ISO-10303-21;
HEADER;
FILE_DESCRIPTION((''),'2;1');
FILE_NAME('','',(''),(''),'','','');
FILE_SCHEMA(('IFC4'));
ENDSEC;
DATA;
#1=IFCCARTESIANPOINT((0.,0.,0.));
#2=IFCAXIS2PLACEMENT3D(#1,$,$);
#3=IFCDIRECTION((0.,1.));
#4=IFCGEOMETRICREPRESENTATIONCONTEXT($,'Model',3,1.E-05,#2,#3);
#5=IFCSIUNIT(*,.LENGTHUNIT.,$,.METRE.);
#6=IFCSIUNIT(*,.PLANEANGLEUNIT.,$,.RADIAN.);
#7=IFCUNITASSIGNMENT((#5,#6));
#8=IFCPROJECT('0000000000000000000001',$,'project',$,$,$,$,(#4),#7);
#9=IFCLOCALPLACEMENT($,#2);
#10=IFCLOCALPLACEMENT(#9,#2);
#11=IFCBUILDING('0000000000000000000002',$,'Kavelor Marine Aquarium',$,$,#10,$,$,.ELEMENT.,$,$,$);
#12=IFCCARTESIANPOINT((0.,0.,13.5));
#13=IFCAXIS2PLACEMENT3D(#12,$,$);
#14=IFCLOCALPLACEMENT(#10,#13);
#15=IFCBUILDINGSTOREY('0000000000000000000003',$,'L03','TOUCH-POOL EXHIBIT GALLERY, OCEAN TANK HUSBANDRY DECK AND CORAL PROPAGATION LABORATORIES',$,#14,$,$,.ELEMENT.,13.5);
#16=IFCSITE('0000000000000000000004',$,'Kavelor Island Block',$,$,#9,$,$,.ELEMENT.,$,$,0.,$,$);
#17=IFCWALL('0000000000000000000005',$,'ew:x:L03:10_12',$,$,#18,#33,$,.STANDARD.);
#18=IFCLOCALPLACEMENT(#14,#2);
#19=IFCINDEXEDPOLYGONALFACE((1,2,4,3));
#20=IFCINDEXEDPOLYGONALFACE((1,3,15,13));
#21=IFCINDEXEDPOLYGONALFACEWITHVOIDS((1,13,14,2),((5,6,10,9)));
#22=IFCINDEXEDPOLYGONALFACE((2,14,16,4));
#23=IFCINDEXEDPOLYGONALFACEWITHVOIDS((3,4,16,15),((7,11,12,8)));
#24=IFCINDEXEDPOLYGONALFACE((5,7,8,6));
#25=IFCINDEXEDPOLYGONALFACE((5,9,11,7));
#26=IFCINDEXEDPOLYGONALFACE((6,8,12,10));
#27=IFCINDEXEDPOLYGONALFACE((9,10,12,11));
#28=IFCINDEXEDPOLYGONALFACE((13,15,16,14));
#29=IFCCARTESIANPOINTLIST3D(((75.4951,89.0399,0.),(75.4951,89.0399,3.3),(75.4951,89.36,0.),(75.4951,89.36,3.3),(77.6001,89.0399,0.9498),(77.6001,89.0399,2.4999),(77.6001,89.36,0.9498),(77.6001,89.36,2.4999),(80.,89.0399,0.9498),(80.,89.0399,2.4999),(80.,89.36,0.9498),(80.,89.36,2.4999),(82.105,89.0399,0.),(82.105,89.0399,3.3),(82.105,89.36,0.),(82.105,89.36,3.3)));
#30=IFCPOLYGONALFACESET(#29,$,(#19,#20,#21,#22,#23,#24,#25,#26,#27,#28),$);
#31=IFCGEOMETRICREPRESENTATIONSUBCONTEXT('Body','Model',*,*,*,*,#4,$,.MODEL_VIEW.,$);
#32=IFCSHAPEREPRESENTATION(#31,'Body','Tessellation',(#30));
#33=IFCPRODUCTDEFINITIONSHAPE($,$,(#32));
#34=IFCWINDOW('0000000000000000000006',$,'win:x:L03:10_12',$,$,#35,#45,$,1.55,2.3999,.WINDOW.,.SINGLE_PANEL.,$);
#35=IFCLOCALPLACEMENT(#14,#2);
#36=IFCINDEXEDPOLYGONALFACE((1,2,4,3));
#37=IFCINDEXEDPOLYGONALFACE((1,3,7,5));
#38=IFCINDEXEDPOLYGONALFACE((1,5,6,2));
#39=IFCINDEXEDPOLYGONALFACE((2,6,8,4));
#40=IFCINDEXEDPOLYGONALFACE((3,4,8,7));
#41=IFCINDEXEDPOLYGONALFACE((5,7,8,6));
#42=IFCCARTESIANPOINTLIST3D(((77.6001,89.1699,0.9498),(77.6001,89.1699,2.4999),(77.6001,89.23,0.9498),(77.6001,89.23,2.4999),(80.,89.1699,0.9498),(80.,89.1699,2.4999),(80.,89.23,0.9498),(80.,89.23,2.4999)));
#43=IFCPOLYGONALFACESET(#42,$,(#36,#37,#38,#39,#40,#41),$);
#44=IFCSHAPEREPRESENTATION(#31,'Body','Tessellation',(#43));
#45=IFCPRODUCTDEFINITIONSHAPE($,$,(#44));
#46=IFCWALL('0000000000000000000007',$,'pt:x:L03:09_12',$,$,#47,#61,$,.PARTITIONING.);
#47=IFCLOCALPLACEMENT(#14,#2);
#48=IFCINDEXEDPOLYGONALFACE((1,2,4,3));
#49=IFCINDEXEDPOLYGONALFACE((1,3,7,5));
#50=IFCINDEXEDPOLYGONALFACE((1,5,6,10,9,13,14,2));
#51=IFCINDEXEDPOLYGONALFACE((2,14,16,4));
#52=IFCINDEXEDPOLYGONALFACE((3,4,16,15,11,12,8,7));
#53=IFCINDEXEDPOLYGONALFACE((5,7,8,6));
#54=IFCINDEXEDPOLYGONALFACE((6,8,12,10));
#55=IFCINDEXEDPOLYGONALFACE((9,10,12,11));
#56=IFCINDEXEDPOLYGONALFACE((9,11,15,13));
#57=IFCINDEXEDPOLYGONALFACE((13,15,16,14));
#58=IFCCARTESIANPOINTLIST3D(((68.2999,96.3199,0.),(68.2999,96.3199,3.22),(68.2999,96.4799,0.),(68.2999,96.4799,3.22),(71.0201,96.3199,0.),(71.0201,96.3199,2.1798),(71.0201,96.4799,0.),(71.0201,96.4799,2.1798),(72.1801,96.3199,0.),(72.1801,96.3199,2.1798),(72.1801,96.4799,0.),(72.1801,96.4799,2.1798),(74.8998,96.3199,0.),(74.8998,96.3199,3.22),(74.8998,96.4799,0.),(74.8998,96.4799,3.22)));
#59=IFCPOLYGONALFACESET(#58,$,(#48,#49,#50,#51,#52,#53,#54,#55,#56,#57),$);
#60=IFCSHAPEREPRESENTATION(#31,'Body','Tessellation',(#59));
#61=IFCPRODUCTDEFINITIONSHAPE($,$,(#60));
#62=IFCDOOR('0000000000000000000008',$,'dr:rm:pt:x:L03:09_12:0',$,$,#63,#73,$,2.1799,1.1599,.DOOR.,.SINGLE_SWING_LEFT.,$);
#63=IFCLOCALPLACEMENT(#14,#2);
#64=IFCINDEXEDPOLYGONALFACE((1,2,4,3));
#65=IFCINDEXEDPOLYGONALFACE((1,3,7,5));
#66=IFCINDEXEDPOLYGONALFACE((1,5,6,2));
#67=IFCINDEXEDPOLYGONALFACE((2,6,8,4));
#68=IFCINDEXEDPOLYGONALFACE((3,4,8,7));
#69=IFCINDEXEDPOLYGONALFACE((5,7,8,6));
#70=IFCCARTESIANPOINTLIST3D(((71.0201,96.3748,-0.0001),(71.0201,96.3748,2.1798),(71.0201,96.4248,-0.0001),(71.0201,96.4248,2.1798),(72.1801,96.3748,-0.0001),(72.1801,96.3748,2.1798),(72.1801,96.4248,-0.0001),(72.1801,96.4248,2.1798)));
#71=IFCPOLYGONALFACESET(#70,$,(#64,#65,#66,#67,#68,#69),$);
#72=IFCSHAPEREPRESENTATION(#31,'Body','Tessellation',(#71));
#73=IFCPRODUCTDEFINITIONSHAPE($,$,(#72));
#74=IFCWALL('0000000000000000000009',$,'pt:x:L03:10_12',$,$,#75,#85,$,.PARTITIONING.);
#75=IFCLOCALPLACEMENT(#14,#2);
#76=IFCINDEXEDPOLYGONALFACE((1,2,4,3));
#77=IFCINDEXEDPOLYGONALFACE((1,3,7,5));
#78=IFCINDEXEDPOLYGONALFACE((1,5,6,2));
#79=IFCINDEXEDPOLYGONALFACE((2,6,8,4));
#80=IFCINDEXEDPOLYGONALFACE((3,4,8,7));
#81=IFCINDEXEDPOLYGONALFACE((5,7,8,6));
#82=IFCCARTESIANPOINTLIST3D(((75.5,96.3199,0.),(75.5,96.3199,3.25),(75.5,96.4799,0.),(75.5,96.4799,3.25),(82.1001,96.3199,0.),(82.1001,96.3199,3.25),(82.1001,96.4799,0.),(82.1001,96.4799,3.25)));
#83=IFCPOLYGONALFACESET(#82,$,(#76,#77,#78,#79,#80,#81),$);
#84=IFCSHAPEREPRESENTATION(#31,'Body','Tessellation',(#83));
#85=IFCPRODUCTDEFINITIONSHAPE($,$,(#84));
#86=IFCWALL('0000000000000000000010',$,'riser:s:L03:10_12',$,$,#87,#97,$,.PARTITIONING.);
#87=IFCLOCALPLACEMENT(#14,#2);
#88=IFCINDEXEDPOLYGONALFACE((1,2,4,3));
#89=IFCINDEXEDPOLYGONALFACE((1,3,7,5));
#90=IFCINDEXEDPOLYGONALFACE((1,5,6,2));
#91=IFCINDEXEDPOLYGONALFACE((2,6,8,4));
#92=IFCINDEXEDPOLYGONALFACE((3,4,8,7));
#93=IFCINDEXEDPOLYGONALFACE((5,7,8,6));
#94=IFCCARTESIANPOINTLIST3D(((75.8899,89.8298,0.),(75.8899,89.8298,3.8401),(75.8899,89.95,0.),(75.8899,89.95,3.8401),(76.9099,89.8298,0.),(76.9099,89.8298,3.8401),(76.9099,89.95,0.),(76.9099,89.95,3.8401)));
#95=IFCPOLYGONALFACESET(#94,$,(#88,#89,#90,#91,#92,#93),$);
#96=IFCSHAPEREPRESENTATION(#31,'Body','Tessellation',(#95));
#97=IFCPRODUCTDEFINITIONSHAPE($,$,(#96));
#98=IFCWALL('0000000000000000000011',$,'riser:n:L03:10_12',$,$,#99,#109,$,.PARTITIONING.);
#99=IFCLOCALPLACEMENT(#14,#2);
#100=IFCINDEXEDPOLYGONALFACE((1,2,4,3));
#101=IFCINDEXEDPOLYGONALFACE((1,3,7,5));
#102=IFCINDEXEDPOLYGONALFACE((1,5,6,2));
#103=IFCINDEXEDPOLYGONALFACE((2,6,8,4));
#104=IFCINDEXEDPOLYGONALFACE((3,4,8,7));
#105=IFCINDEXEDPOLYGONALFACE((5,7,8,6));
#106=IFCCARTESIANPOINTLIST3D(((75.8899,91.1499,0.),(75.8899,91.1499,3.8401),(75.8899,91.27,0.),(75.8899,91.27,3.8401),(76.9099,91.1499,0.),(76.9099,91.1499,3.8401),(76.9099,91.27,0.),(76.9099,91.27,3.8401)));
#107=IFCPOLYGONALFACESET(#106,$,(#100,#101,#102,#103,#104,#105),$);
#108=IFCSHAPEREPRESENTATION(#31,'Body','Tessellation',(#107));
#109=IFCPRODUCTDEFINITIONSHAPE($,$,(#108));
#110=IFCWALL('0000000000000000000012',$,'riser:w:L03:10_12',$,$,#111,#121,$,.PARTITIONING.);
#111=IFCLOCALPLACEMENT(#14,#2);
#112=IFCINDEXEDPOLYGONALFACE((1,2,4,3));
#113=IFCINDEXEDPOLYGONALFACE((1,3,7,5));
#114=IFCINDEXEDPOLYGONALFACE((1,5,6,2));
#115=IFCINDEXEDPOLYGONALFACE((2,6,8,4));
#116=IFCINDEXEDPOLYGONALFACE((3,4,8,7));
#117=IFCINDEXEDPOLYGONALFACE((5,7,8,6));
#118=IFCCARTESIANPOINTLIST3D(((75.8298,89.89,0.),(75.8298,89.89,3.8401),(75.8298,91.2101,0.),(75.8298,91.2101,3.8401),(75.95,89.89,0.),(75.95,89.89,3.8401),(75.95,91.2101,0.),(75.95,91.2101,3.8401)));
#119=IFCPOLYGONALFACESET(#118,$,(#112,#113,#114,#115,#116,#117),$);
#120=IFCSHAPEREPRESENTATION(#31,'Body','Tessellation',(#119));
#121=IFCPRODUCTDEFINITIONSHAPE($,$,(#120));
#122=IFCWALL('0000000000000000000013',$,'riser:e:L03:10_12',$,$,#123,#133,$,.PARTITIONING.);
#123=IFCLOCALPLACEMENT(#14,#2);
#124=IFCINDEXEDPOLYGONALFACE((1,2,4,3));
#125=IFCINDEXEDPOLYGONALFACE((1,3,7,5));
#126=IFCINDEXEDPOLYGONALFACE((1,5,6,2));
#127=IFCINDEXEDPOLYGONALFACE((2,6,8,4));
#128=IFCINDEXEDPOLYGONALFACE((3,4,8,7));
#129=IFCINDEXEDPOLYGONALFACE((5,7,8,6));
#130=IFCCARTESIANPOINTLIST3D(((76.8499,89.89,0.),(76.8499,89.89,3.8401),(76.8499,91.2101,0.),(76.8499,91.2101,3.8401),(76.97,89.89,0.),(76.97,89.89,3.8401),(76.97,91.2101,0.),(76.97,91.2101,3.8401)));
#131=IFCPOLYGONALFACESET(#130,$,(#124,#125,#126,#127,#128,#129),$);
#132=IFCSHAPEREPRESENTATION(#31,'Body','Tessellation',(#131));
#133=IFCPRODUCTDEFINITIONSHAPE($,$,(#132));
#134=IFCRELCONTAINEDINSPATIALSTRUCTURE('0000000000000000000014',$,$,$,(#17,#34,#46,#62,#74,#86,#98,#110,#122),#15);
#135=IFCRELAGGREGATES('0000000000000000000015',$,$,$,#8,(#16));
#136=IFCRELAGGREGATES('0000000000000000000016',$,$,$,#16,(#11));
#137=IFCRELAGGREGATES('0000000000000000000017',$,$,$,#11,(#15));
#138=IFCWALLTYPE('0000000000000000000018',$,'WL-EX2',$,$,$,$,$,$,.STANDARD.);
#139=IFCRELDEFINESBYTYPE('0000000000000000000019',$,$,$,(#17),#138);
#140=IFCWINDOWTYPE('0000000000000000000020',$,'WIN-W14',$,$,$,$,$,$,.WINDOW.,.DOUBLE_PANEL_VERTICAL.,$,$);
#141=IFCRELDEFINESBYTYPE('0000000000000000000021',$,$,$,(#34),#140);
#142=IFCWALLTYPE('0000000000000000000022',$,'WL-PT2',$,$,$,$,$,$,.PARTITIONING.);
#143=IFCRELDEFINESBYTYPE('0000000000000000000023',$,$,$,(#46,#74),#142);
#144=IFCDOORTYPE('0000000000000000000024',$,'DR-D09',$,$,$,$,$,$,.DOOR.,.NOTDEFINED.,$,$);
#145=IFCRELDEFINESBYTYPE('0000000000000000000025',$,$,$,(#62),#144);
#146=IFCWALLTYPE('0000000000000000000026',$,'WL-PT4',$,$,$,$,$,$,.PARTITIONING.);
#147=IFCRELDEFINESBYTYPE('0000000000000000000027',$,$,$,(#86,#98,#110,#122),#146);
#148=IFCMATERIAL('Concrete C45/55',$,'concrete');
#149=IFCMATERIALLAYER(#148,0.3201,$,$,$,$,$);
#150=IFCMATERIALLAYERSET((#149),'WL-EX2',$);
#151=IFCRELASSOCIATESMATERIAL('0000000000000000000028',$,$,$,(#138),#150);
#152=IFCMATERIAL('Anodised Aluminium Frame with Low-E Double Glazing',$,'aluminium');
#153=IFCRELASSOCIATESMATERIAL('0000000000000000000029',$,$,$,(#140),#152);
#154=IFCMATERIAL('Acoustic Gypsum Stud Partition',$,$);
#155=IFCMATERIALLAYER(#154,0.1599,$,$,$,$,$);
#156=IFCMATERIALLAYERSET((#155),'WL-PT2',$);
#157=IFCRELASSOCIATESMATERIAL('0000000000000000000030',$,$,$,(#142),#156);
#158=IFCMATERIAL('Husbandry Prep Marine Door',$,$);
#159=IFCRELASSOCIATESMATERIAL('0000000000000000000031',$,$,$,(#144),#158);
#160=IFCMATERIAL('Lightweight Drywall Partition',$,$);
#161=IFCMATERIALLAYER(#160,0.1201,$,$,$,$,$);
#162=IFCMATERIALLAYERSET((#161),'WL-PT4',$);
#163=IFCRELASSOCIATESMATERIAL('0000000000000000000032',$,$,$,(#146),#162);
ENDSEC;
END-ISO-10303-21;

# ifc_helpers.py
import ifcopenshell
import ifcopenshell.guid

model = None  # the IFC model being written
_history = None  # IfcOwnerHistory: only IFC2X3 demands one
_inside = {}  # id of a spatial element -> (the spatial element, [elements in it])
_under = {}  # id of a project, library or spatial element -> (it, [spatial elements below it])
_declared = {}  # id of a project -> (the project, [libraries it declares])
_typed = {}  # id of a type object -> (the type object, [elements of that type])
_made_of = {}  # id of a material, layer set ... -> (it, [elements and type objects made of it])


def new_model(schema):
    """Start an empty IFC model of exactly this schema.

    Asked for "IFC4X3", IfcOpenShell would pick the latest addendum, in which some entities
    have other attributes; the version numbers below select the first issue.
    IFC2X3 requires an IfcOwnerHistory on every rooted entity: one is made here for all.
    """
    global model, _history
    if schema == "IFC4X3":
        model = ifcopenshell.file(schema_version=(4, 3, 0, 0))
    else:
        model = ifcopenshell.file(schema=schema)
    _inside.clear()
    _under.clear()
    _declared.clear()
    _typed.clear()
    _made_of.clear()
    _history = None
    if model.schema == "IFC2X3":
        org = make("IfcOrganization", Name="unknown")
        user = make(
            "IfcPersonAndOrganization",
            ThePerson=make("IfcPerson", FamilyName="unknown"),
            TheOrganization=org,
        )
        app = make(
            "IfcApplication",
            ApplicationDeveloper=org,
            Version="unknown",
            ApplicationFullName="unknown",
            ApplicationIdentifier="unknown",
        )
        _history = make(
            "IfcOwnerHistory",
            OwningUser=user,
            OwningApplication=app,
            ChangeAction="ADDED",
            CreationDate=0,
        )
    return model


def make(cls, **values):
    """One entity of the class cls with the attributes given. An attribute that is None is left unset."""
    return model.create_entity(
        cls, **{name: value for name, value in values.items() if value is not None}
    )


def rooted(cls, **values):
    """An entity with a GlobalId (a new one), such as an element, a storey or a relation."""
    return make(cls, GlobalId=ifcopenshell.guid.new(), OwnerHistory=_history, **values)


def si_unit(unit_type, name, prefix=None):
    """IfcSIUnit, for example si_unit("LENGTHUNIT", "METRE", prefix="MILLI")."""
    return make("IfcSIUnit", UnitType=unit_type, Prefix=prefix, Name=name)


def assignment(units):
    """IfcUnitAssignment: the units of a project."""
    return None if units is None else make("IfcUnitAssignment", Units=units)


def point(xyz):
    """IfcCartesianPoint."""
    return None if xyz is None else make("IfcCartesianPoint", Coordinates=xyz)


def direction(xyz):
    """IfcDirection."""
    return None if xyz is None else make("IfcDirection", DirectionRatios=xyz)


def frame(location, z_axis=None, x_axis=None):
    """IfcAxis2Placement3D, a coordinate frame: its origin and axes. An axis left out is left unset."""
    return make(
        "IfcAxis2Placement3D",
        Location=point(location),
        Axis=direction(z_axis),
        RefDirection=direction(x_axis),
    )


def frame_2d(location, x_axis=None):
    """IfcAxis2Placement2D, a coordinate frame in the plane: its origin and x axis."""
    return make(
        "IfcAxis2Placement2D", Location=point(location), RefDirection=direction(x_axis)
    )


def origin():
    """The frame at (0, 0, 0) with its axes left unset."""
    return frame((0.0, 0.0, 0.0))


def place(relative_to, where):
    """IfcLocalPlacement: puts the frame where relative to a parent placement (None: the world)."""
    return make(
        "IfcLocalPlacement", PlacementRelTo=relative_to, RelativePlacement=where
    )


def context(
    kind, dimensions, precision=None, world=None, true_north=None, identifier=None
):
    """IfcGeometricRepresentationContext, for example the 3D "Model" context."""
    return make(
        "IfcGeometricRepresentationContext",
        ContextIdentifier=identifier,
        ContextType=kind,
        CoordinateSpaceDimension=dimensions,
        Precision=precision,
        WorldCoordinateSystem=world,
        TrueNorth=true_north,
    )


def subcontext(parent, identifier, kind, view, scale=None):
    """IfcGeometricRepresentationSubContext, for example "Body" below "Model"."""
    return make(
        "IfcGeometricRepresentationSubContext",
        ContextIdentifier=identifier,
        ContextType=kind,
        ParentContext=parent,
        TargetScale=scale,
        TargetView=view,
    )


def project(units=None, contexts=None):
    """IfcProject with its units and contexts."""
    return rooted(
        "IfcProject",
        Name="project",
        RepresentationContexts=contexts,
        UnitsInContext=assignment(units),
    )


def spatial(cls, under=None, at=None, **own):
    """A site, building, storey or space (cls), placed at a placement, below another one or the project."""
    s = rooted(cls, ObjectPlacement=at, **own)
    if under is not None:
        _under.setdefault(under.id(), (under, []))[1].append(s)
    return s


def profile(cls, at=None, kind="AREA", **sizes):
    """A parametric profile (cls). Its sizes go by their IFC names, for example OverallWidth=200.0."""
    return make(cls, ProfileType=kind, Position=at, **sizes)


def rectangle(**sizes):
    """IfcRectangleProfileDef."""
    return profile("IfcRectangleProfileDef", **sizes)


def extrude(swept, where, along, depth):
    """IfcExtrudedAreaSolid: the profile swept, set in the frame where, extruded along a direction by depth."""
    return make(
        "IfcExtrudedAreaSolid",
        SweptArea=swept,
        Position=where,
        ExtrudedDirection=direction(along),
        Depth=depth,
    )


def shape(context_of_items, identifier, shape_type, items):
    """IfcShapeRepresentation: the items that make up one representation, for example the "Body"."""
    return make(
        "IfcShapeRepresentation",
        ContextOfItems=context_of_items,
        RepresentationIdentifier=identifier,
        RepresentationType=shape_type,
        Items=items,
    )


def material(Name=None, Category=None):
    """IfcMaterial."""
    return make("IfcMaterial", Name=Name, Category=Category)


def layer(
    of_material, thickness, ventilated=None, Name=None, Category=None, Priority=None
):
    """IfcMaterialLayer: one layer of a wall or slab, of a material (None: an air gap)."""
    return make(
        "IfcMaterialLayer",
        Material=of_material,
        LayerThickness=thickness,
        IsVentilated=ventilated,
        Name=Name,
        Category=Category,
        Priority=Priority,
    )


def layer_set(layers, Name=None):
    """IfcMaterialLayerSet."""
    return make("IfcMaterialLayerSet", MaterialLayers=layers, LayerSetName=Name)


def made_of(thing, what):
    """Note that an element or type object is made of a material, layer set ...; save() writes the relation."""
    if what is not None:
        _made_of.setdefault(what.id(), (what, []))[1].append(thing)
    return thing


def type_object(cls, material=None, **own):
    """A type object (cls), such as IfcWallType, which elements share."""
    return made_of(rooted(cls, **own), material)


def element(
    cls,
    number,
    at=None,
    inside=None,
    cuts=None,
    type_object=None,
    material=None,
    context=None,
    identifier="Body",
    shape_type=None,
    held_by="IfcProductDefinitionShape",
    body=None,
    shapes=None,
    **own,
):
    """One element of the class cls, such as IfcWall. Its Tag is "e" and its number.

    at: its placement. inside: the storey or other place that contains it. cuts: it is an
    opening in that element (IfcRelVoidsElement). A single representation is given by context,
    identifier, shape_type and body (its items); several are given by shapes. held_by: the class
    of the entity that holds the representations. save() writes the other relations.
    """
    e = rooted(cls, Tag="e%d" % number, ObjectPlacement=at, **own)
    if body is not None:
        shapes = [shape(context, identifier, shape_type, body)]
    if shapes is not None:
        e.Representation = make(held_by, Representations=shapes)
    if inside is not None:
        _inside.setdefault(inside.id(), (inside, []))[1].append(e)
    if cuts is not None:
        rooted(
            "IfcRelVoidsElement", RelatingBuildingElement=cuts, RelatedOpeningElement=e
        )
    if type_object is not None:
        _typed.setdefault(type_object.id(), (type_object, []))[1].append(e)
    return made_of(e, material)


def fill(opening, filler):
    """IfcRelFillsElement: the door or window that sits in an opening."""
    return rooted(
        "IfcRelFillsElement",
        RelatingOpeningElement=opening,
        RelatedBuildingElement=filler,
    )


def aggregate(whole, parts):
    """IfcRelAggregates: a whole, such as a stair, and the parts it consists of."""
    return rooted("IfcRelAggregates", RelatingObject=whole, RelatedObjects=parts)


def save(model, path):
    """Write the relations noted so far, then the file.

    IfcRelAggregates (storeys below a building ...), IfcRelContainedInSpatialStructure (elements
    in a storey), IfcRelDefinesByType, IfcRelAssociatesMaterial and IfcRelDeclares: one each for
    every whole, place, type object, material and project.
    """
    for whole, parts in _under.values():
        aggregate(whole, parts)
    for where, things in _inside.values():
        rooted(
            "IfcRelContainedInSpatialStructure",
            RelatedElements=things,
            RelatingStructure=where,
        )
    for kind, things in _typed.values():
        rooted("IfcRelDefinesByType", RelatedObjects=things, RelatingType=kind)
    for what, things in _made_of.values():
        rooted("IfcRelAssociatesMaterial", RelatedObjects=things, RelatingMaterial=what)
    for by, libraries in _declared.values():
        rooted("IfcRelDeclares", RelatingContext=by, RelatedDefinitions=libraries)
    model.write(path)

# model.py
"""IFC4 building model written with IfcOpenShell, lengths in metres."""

from ifc_helpers import new_model, si_unit, direction, frame, frame_2d, origin, place, context, subcontext, project, spatial, rectangle, extrude, material, layer, layer_set, type_object, element, fill, save


model = new_model("IFC4")

# Units and contexts
model_context = context("Model", 3, precision=1e-05, world=origin(), true_north=direction((0.0, 1.0)))
body_context = subcontext(model_context, "Body", "Model", "MODEL_VIEW")
ifc_project = project(units=[si_unit("LENGTHUNIT", "METRE"), si_unit("PLANEANGLEUNIT", "RADIAN")], contexts=[model_context])

# Site, building, storey
site_placement = place(None, origin())
site = spatial("IfcSite", under=ifc_project, at=site_placement, Name="Kavelor Island Block", CompositionType="ELEMENT", RefElevation=0.0)
building_placement = place(site_placement, origin())
building = spatial("IfcBuilding", under=site, at=building_placement, Name="Kavelor Marine Aquarium", CompositionType="ELEMENT")
storey_placement = place(building_placement, frame((0.0, 0.0, 13.5)))
storey = spatial("IfcBuildingStorey", under=building, at=storey_placement, Name="L03", Description="TOUCH-POOL EXHIBIT GALLERY, OCEAN TANK HUSBANDRY DECK AND CORAL PROPAGATION LABORATORIES", CompositionType="ELEMENT", Elevation=13.5)

# Wall, opening, window
ifc_material_1 = material(Name="Concrete C45/55", Category="concrete")
ifc_layer_1 = layer(ifc_material_1, 0.3201)
ifc_layer_set_1 = layer_set([ifc_layer_1], Name="WL-EX2")
wall_type_1 = type_object("IfcWallType", Name="WL-EX2", PredefinedType="STANDARD", material=ifc_layer_set_1)
wall_1_placement = place(storey_placement, frame((82.105, 89.2, 0.0), z_axis=(0.0, 0.0, 1.0), x_axis=(-1.0, 0.0, 0.0)))
wall_1 = element("IfcWall", 1, at=wall_1_placement, inside=storey, type_object=wall_type_1, Name="ew:x:L03:10_12", PredefinedType="STANDARD", context=body_context, shape_type="SweptSolid", body=[
    extrude(rectangle(XDim=6.6099, YDim=0.3201, at=frame_2d((3.3049, 0.0))), origin(), (0.0, 0.0, 1.0), 3.3),
])
opening_1_placement = place(wall_1_placement, frame((2.105, 0.0, 0.95)))
opening_1 = element("IfcOpeningElement", 2, at=opening_1_placement, cuts=wall_1, PredefinedType="OPENING", context=body_context, shape_type="SweptSolid", body=[
    extrude(rectangle(XDim=2.3999, YDim=1.55, at=frame_2d((1.2, 0.7749))), frame((0.0, 0.1699, 0.0), z_axis=(0.0, -1.0, 0.0), x_axis=(1.0, 0.0, 0.0)), (0.0, 0.0, 1.0), 0.3401),
])
ifc_material_2 = material(Name="Anodised Aluminium Frame with Low-E Double Glazing", Category="aluminium")
window_type_1 = type_object("IfcWindowType", Name="WIN-W14", PartitioningType="DOUBLE_PANEL_VERTICAL", PredefinedType="WINDOW", material=ifc_material_2)
window_1_placement = place(opening_1_placement, origin())
window_1 = element("IfcWindow", 3, at=window_1_placement, inside=storey, type_object=window_type_1, Name="win:x:L03:10_12", OverallHeight=1.55, OverallWidth=2.3999, PartitioningType="SINGLE_PANEL", PredefinedType="WINDOW", context=body_context, shape_type="SweptSolid", body=[
    extrude(rectangle(XDim=2.3999, YDim=1.55, at=frame_2d((1.2, 0.7749))), frame((0.0, 0.03, 0.0), z_axis=(0.0, -1.0, 0.0), x_axis=(1.0, 0.0, 0.0)), (0.0, 0.0, 1.0), 0.0601),
])
fill(opening_1, window_1)

# Wall, opening, door
ifc_material_3 = material(Name="Acoustic Gypsum Stud Partition")
ifc_layer_2 = layer(ifc_material_3, 0.1599)
ifc_layer_set_2 = layer_set([ifc_layer_2], Name="WL-PT2")
wall_type_2 = type_object("IfcWallType", Name="WL-PT2", PredefinedType="PARTITIONING", material=ifc_layer_set_2)
wall_2_placement = place(storey_placement, frame((68.3, 96.3999, 0.0), z_axis=(0.0, 0.0, 1.0), x_axis=(1.0, 0.0, 0.0)))
wall_2 = element("IfcWall", 4, at=wall_2_placement, inside=storey, type_object=wall_type_2, Name="pt:x:L03:09_12", PredefinedType="PARTITIONING", context=body_context, shape_type="SweptSolid", body=[
    extrude(rectangle(XDim=6.5999, YDim=0.1599, at=frame_2d((3.2998, 0.0))), origin(), (0.0, 0.0, 1.0), 3.22),
])
opening_2_placement = place(wall_2_placement, frame((2.72, 0.0, 0.0)))
opening_2 = element("IfcOpeningElement", 5, at=opening_2_placement, cuts=wall_2, PredefinedType="OPENING", context=body_context, shape_type="SweptSolid", body=[
    extrude(rectangle(XDim=1.1599, YDim=2.1799, at=frame_2d((0.5801, 1.0898))), frame((0.0, 0.0898, 0.0), z_axis=(0.0, -1.0, 0.0), x_axis=(1.0, 0.0, 0.0)), (0.0, 0.0, 1.0), 0.1799),
])
ifc_material_4 = material(Name="Husbandry Prep Marine Door")
door_type = type_object("IfcDoorType", Name="DR-D09", OperationType="NOTDEFINED", PredefinedType="DOOR", material=ifc_material_4)
door_placement = place(opening_2_placement, origin())
door = element("IfcDoor", 6, at=door_placement, inside=storey, type_object=door_type, Name="dr:rm:pt:x:L03:09_12:0", OperationType="SINGLE_SWING_LEFT", OverallHeight=2.1799, OverallWidth=1.1599, PredefinedType="DOOR", context=body_context, shape_type="SweptSolid", body=[
    extrude(rectangle(XDim=1.1599, YDim=2.1799, at=frame_2d((0.5801, 1.0898))), frame((0.0, 0.0249, 0.0), z_axis=(0.0, -1.0, 0.0), x_axis=(1.0, 0.0, 0.0)), (0.0, 0.0, 1.0), 0.05),
])
fill(opening_2, door)

# Walls
wall_3_placement = place(storey_placement, frame((75.5, 96.3999, 0.0), z_axis=(0.0, 0.0, 1.0), x_axis=(1.0, 0.0, 0.0)))
element("IfcWall", 7, at=wall_3_placement, inside=storey, type_object=wall_type_2, Name="pt:x:L03:10_12", PredefinedType="PARTITIONING", context=body_context, shape_type="SweptSolid", body=[
    extrude(rectangle(XDim=6.6001, YDim=0.1599, at=frame_2d((3.3, 0.0))), origin(), (0.0, 0.0, 1.0), 3.25),
])
ifc_material_5 = material(Name="Lightweight Drywall Partition")
ifc_layer_3 = layer(ifc_material_5, 0.1201)
ifc_layer_set_3 = layer_set([ifc_layer_3], Name="WL-PT4")
wall_type_3 = type_object("IfcWallType", Name="WL-PT4", PredefinedType="PARTITIONING", material=ifc_layer_set_3)
for number, where, z_axis, x_axis, name in (
    (8, (75.8899, 89.8899, 0.0), (0.0, 0.0, 1.0), (1.0, 0.0, 0.0), "riser:s:L03:10_12"),
    (9, (75.8899, 91.21, 0.0), (0.0, 0.0, 1.0), (1.0, 0.0, 0.0), "riser:n:L03:10_12"),
):
    element("IfcWall", number, at=place(storey_placement, frame(where, z_axis=z_axis, x_axis=x_axis)), inside=storey, type_object=wall_type_3, Name=name, PredefinedType="PARTITIONING", context=body_context, shape_type="SweptSolid", body=[
        extrude(rectangle(XDim=1.02, YDim=0.1201, at=frame_2d((0.51, 0.0))), origin(), (0.0, 0.0, 1.0), 3.8401),
    ])
for number, where, z_axis, x_axis, name in (
    (10, (75.8899, 89.8899, 0.0), (0.0, 0.0, 1.0), (0.0, 1.0, 0.0), "riser:w:L03:10_12"),
    (11, (76.9099, 89.8899, 0.0), (0.0, 0.0, 1.0), (0.0, 1.0, 0.0), "riser:e:L03:10_12"),
):
    element("IfcWall", number, at=place(storey_placement, frame(where, z_axis=z_axis, x_axis=x_axis)), inside=storey, type_object=wall_type_3, Name=name, PredefinedType="PARTITIONING", context=body_context, shape_type="SweptSolid", body=[
        extrude(rectangle(XDim=1.3201, YDim=0.1201, at=frame_2d((0.6602, 0.0))), origin(), (0.0, 0.0, 1.0), 3.8401),
    ])

save(model, "model.ifc")
